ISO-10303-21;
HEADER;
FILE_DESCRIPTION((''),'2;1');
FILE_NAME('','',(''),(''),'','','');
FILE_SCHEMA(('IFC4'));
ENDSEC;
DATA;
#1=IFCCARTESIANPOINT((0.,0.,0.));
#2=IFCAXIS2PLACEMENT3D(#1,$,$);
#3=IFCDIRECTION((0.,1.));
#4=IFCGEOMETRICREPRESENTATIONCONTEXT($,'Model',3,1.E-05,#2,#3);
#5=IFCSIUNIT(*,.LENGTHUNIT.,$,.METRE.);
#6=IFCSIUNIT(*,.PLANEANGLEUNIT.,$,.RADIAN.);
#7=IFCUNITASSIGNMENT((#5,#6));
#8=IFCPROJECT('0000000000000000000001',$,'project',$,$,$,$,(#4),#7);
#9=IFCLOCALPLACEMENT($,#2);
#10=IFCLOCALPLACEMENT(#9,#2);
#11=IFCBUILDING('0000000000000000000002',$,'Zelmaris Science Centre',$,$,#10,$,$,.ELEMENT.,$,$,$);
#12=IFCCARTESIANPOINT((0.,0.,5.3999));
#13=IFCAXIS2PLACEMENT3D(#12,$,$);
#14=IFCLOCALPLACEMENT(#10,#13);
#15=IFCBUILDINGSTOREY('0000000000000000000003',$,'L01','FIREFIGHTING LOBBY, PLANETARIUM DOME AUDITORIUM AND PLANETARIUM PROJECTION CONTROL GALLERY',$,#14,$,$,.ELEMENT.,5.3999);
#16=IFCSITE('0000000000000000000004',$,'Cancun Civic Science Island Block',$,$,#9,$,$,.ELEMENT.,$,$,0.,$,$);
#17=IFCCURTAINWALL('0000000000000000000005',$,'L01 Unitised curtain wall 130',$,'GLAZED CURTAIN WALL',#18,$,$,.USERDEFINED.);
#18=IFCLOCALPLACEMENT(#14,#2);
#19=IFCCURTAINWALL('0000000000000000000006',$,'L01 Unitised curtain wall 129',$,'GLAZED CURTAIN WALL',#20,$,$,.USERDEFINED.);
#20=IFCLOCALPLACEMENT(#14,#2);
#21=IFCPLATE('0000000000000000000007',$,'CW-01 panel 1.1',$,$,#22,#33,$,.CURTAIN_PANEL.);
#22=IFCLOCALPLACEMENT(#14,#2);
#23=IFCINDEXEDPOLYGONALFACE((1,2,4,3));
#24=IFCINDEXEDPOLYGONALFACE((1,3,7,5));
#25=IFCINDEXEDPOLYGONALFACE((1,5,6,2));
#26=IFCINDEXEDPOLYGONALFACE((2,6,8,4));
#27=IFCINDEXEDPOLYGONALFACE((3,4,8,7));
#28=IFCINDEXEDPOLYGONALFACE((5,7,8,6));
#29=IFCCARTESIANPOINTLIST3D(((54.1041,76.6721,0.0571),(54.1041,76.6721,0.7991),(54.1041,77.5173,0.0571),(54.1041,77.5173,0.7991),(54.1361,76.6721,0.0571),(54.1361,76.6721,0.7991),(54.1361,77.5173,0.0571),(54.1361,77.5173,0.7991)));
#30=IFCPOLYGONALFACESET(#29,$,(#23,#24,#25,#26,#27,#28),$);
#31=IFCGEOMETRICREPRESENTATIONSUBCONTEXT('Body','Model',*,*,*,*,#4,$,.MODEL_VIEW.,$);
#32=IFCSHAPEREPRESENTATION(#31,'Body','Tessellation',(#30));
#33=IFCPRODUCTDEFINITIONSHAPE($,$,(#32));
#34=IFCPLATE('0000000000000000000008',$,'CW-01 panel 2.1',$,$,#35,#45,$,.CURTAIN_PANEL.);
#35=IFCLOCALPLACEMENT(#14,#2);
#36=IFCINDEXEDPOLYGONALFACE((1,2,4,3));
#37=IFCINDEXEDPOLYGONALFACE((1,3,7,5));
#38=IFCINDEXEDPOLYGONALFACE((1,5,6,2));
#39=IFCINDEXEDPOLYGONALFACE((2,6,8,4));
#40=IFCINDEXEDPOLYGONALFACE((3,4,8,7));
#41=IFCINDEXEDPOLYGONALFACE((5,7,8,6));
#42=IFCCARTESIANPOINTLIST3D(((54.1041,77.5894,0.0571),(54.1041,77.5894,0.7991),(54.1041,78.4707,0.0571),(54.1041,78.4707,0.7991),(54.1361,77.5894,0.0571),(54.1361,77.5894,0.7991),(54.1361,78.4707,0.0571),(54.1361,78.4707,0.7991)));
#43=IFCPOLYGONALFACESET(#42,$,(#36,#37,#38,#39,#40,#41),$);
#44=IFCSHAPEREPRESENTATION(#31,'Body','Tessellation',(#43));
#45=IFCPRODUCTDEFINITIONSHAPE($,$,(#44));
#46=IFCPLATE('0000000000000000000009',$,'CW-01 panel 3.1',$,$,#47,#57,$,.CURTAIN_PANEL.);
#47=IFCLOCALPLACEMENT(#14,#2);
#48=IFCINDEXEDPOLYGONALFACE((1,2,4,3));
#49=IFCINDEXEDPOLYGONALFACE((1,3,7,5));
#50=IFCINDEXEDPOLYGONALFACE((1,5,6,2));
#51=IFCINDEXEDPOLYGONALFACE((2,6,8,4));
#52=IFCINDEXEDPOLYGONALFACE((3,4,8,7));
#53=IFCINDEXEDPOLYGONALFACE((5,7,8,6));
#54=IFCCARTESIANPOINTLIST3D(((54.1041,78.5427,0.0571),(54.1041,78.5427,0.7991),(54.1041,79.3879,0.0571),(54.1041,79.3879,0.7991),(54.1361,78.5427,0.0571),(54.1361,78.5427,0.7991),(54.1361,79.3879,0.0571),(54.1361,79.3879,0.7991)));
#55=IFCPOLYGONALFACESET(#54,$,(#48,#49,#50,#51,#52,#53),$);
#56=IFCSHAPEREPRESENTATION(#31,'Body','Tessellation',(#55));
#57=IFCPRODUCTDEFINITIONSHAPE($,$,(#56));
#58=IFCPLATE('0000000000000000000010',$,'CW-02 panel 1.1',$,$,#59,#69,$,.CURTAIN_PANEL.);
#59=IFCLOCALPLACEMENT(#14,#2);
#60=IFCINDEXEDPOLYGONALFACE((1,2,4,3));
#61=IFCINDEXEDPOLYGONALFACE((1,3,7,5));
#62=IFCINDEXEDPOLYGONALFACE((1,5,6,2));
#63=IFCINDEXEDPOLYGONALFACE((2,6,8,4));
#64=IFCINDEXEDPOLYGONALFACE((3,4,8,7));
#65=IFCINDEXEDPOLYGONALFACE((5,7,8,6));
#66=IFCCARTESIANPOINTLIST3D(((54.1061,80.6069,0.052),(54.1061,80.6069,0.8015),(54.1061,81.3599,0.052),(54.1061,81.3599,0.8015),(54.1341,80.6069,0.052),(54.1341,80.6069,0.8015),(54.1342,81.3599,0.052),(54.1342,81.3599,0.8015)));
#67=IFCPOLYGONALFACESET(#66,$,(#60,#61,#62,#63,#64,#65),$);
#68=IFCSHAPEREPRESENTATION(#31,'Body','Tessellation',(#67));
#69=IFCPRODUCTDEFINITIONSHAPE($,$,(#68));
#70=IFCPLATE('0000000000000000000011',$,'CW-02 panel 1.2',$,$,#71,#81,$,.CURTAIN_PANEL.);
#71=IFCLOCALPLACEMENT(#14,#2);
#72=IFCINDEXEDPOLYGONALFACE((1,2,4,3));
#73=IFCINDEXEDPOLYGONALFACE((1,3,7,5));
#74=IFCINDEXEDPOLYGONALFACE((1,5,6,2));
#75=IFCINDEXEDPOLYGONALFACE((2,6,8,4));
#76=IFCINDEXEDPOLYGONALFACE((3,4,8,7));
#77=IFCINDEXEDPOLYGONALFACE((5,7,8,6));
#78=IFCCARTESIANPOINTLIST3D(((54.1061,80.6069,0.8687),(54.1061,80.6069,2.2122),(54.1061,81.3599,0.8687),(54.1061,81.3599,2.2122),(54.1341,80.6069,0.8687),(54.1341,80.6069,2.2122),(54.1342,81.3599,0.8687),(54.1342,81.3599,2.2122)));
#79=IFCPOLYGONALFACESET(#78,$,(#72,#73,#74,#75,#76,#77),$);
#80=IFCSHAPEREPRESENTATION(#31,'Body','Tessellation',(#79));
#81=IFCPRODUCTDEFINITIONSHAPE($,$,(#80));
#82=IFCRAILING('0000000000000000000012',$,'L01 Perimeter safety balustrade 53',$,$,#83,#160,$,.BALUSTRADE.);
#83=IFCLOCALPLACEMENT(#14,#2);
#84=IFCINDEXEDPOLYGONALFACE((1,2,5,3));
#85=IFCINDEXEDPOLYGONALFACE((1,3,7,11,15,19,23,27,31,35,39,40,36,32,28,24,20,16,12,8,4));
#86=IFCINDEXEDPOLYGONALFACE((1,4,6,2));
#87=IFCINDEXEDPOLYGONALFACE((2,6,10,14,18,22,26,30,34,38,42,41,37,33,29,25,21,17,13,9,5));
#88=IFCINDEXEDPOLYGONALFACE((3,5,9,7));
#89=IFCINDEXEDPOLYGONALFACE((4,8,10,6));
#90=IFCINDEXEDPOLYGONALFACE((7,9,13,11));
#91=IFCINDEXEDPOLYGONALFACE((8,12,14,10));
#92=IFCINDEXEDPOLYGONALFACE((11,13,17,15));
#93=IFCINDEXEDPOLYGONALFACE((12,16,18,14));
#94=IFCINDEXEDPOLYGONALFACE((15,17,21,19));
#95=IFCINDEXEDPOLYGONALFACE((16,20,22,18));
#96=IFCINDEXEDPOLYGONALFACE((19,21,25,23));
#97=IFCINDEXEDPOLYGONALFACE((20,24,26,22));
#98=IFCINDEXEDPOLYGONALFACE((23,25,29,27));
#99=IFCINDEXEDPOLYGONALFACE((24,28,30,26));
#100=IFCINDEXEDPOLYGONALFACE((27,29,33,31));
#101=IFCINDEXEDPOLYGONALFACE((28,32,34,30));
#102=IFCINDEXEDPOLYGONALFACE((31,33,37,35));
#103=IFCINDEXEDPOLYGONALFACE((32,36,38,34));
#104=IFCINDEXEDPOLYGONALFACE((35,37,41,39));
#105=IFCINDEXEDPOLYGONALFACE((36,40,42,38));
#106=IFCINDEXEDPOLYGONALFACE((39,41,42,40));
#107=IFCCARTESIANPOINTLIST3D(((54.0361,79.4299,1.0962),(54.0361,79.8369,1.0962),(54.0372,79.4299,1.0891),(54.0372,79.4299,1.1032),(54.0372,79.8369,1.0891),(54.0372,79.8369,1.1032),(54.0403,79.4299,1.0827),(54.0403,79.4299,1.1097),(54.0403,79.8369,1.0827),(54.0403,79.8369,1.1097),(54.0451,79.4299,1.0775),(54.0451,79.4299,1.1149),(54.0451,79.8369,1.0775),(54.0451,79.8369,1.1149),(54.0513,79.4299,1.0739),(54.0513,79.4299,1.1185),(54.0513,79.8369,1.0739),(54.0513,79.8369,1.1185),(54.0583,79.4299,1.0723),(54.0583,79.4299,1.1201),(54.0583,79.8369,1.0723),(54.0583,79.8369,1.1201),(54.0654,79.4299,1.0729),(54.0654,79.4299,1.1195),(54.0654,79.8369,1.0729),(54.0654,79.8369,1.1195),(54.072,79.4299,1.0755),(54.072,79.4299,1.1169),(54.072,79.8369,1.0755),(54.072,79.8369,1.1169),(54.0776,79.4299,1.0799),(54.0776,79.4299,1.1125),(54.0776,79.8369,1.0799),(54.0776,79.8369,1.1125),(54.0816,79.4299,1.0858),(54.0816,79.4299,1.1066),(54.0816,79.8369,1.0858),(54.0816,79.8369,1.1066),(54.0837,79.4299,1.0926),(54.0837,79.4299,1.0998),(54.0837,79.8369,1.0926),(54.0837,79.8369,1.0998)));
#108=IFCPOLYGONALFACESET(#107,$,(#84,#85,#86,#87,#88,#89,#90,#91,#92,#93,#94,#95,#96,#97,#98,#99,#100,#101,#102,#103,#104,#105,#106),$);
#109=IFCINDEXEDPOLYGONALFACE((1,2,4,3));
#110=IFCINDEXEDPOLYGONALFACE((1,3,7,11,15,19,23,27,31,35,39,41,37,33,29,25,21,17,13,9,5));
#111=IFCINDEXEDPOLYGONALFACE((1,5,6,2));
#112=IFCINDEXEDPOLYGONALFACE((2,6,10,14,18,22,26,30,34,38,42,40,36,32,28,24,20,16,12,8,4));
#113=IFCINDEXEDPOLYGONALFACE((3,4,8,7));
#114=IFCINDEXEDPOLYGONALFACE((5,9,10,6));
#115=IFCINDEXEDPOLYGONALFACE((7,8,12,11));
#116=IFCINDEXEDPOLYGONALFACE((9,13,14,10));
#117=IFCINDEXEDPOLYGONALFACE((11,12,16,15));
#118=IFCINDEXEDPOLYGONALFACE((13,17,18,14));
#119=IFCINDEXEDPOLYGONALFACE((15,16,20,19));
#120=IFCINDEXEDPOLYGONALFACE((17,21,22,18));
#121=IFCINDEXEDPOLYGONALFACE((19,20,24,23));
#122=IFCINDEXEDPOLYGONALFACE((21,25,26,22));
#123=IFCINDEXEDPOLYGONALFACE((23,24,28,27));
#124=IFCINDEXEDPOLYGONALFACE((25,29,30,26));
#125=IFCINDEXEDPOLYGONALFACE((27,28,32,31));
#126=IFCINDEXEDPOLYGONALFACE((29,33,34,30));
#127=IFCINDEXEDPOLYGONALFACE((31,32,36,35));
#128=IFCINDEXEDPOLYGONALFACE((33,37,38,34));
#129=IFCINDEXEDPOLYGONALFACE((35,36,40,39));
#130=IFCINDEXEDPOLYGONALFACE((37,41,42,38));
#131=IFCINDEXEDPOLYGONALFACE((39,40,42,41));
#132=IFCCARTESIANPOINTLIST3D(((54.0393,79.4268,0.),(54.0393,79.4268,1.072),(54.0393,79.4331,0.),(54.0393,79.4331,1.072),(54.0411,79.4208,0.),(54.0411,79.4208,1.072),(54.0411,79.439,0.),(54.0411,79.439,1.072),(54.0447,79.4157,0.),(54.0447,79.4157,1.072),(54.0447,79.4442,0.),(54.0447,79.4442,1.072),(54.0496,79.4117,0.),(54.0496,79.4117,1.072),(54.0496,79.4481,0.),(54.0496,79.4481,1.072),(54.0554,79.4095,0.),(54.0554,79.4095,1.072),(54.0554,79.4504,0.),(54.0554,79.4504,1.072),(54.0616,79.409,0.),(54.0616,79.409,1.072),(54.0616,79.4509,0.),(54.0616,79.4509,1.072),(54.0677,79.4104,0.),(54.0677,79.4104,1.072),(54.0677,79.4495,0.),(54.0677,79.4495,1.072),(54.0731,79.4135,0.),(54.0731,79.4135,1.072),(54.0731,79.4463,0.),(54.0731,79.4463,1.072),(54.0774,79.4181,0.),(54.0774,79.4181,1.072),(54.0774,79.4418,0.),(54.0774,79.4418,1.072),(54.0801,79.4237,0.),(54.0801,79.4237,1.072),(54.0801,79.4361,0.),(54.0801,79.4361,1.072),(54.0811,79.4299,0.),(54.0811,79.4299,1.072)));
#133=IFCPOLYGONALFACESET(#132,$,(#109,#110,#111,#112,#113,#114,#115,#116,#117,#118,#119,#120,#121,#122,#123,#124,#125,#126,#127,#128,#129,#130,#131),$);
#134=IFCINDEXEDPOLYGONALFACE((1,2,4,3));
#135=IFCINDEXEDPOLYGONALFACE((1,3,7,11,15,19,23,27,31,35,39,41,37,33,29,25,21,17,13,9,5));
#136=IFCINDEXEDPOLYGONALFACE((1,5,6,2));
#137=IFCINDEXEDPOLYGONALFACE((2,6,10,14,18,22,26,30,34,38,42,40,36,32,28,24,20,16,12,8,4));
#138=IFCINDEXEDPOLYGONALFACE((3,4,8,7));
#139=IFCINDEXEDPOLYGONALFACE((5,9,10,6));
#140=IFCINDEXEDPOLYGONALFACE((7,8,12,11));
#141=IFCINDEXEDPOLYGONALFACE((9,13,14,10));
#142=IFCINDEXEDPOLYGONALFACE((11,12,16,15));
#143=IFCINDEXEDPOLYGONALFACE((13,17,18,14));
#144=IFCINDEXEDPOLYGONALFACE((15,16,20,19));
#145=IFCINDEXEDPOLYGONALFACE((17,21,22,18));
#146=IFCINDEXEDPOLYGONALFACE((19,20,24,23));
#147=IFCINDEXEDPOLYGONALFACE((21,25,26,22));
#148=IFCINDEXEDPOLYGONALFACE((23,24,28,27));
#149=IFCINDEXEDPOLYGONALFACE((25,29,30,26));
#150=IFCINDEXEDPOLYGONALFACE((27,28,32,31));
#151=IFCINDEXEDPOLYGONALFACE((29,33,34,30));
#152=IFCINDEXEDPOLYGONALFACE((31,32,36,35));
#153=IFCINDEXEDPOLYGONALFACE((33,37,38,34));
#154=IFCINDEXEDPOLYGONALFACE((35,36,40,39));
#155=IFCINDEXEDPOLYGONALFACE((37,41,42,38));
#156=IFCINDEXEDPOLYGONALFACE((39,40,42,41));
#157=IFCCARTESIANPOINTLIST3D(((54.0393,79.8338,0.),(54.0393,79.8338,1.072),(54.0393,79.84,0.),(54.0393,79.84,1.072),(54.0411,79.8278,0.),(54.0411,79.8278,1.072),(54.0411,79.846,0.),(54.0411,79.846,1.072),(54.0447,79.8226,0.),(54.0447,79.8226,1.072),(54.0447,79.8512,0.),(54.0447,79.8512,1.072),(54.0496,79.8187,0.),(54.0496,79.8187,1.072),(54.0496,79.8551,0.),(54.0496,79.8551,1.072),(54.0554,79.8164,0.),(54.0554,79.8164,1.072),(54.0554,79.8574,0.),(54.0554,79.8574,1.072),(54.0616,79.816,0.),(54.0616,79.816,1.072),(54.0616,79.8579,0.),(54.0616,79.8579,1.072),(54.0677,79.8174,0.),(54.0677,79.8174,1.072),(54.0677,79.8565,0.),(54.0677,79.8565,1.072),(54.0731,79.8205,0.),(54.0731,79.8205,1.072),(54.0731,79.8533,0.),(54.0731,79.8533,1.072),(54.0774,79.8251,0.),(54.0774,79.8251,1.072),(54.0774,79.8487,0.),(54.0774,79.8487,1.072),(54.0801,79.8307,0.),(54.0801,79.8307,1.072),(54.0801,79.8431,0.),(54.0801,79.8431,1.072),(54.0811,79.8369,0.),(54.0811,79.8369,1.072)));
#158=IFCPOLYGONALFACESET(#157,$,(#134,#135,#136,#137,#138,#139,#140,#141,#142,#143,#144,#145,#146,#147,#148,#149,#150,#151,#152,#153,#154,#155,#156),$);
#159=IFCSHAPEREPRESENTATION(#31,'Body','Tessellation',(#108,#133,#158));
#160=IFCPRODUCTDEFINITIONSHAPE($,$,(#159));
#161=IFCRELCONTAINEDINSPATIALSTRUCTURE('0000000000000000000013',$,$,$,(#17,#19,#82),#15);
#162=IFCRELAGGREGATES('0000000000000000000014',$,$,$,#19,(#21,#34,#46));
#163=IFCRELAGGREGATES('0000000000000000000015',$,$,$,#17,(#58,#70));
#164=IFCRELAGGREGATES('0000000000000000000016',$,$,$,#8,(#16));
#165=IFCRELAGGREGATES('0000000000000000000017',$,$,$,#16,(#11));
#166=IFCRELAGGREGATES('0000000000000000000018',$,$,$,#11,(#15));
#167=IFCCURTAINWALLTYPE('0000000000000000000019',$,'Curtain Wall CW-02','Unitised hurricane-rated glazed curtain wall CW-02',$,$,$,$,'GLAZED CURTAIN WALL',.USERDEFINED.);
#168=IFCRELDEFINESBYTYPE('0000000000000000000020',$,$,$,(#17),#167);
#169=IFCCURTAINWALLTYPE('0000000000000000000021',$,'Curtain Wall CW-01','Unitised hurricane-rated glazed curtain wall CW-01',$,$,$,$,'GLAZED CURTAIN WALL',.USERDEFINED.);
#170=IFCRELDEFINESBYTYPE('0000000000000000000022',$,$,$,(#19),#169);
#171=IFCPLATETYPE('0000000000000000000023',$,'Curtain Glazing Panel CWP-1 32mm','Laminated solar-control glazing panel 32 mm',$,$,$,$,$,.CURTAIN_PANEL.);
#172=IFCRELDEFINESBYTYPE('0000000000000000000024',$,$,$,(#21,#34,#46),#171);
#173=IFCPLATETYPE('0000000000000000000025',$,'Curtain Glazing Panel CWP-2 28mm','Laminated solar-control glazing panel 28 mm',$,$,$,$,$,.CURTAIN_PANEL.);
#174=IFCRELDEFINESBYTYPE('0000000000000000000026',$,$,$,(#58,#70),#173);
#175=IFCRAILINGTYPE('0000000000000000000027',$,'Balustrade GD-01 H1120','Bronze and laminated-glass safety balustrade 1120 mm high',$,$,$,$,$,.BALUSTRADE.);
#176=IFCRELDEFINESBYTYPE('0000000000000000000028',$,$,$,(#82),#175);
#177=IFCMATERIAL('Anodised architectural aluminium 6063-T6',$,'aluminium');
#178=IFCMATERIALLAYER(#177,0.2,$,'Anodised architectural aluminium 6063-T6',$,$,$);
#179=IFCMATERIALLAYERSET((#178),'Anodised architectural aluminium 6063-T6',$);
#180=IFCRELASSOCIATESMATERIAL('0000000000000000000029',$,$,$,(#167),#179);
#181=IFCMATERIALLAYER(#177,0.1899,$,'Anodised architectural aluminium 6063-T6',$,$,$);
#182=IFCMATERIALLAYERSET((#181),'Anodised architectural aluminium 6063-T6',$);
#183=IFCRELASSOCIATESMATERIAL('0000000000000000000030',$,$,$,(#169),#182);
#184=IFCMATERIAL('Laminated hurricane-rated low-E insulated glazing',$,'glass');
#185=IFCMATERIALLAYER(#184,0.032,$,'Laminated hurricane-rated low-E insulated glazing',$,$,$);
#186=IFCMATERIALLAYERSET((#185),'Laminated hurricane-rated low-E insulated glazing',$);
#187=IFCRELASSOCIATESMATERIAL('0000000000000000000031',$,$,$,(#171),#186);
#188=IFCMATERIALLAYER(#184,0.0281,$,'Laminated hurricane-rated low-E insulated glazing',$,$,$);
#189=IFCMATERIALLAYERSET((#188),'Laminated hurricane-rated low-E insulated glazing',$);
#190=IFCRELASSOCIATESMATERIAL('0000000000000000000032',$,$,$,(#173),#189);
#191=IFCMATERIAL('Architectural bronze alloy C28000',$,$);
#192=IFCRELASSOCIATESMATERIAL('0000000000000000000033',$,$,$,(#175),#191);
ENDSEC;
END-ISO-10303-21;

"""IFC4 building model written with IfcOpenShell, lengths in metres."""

from ifc_helpers import new_model, si_unit, direction, frame, origin, origin_2d, place, context, subcontext, project, spatial, rectangle, circle, extrude, material, layer, layer_set, type_object, element, aggregate, save


model = new_model("IFC4")

# Units and contexts
model_context = context("Model", 3, precision=1e-05, world=origin(), true_north=direction((0.0, 1.0)))
body_context = subcontext(model_context, "Body", "Model", "MODEL_VIEW")
ifc_project = project(units=[si_unit("LENGTHUNIT", "METRE"), si_unit("PLANEANGLEUNIT", "RADIAN")], contexts=[model_context])

# Site, building, storey
site_placement = place(None, origin())
site = spatial("IfcSite", under=ifc_project, at=site_placement, Name="Cancun Civic Science Island Block", CompositionType="ELEMENT", RefElevation=0.0)
building_placement = place(site_placement, origin())
building = spatial("IfcBuilding", under=site, at=building_placement, Name="Zelmaris Science Centre", CompositionType="ELEMENT")
storey_placement = place(building_placement, frame((0.0, 0.0, 5.3999)))
storey = spatial("IfcBuildingStorey", under=building, at=storey_placement, Name="L01", Description="FIREFIGHTING LOBBY, PLANETARIUM DOME AUDITORIUM AND PLANETARIUM PROJECTION CONTROL GALLERY", CompositionType="ELEMENT", Elevation=5.3999)

# Curtain walls
ifc_material_1 = material(Name="Anodised architectural aluminium 6063-T6", Category="aluminium")
ifc_layer_1 = layer(ifc_material_1, 0.2, Name="Anodised architectural aluminium 6063-T6")
ifc_layer_set_1 = layer_set([ifc_layer_1], Name="Anodised architectural aluminium 6063-T6")
curtain_wall_type_1 = type_object("IfcCurtainWallType", Name="Curtain Wall CW-02", Description="Unitised hurricane-rated glazed curtain wall CW-02", ElementType="GLAZED CURTAIN WALL", PredefinedType="USERDEFINED", material=ifc_layer_set_1)
curtain_wall_1_placement = place(storey_placement, origin())
curtain_wall_1 = element("IfcCurtainWall", 1, at=curtain_wall_1_placement, inside=storey, type_object=curtain_wall_type_1, Name="L01 Unitised curtain wall 130", ObjectType="GLAZED CURTAIN WALL", PredefinedType="USERDEFINED")
ifc_layer_2 = layer(ifc_material_1, 0.1899, Name="Anodised architectural aluminium 6063-T6")
ifc_layer_set_2 = layer_set([ifc_layer_2], Name="Anodised architectural aluminium 6063-T6")
curtain_wall_type_2 = type_object("IfcCurtainWallType", Name="Curtain Wall CW-01", Description="Unitised hurricane-rated glazed curtain wall CW-01", ElementType="GLAZED CURTAIN WALL", PredefinedType="USERDEFINED", material=ifc_layer_set_2)
curtain_wall_2_placement = place(storey_placement, origin())
curtain_wall_2 = element("IfcCurtainWall", 2, at=curtain_wall_2_placement, inside=storey, type_object=curtain_wall_type_2, Name="L01 Unitised curtain wall 129", ObjectType="GLAZED CURTAIN WALL", PredefinedType="USERDEFINED")

# Plates
ifc_material_2 = material(Name="Laminated hurricane-rated low-E insulated glazing", Category="glass")
ifc_layer_3 = layer(ifc_material_2, 0.032, Name="Laminated hurricane-rated low-E insulated glazing")
ifc_layer_set_3 = layer_set([ifc_layer_3], Name="Laminated hurricane-rated low-E insulated glazing")
plate_type_1 = type_object("IfcPlateType", Name="Curtain Glazing Panel CWP-1 32mm", Description="Laminated solar-control glazing panel 32 mm", PredefinedType="CURTAIN_PANEL", material=ifc_layer_set_3)
plate_1_placement = place(storey_placement, frame((54.1201, 77.0947, 0.0571), z_axis=(0.0, 0.0, 1.0), x_axis=(0.0, 1.0, 0.0)))
plate_1 = element("IfcPlate", 3, at=plate_1_placement, type_object=plate_type_1, Name="CW-01 panel 1.1", PredefinedType="CURTAIN_PANEL", context=body_context, shape_type="SweptSolid", body=[
    extrude(rectangle(XDim=0.8452, YDim=0.032, at=origin_2d()), origin(), (0.0, 0.0, 1.0), 0.7419),
])
plate_2_placement = place(storey_placement, frame((54.1201, 78.03, 0.0571), z_axis=(0.0, 0.0, 1.0), x_axis=(0.0, 1.0, 0.0)))
plate_2 = element("IfcPlate", 4, at=plate_2_placement, type_object=plate_type_1, Name="CW-01 panel 2.1", PredefinedType="CURTAIN_PANEL", context=body_context, shape_type="SweptSolid", body=[
    extrude(rectangle(XDim=0.8813, YDim=0.032, at=origin_2d()), origin(), (0.0, 0.0, 1.0), 0.7419),
])
plate_3_placement = place(storey_placement, frame((54.1201, 78.9653, 0.0571), z_axis=(0.0, 0.0, 1.0), x_axis=(0.0, 1.0, 0.0)))
plate_3 = element("IfcPlate", 5, at=plate_3_placement, type_object=plate_type_1, Name="CW-01 panel 3.1", PredefinedType="CURTAIN_PANEL", context=body_context, shape_type="SweptSolid", body=[
    extrude(rectangle(XDim=0.8452, YDim=0.032, at=origin_2d()), origin(), (0.0, 0.0, 1.0), 0.7419),
])
aggregate(curtain_wall_2, [plate_1, plate_2, plate_3])
ifc_layer_4 = layer(ifc_material_2, 0.0281, Name="Laminated hurricane-rated low-E insulated glazing")
ifc_layer_set_4 = layer_set([ifc_layer_4], Name="Laminated hurricane-rated low-E insulated glazing")
plate_type_2 = type_object("IfcPlateType", Name="Curtain Glazing Panel CWP-2 28mm", Description="Laminated solar-control glazing panel 28 mm", PredefinedType="CURTAIN_PANEL", material=ifc_layer_set_4)
plate_4_placement = place(storey_placement, frame((54.1201, 80.9834, 0.052), z_axis=(0.0, 0.0, 1.0), x_axis=(0.00002, 1.0, 0.0)))
plate_4 = element("IfcPlate", 6, at=plate_4_placement, type_object=plate_type_2, Name="CW-02 panel 1.1", PredefinedType="CURTAIN_PANEL", context=body_context, shape_type="SweptSolid", body=[
    extrude(rectangle(XDim=0.7529, YDim=0.0281, at=origin_2d()), origin(), (0.0, 0.0, 1.0), 0.7495),
])
plate_5_placement = place(storey_placement, frame((54.1201, 80.9834, 0.8687), z_axis=(0.0, 0.0, 1.0), x_axis=(0.00002, 1.0, 0.0)))
plate_5 = element("IfcPlate", 7, at=plate_5_placement, type_object=plate_type_2, Name="CW-02 panel 1.2", PredefinedType="CURTAIN_PANEL", context=body_context, shape_type="SweptSolid", body=[
    extrude(rectangle(XDim=0.7529, YDim=0.0281, at=origin_2d()), origin(), (0.0, 0.0, 1.0), 1.3435),
])
aggregate(curtain_wall_1, [plate_4, plate_5])

# Railing
ifc_material_3 = material(Name="Architectural bronze alloy C28000")
railing_type = type_object("IfcRailingType", Name="Balustrade GD-01 H1120", Description="Bronze and laminated-glass safety balustrade 1120 mm high", PredefinedType="BALUSTRADE", material=ifc_material_3)
for number, where, name in (
    (8, (54.0601, 79.4299, 0.0), "L01 Perimeter safety balustrade 53"),
):
    element("IfcRailing", number, at=place(storey_placement, frame(where)), inside=storey, type_object=railing_type, Name=name, PredefinedType="BALUSTRADE", context=body_context, shape_type="SweptSolid", body=[
        extrude(circle(Radius=0.0239, at=origin_2d()), frame((0.0, 0.0, 1.0962), z_axis=(0.0, 1.0, 0.0), x_axis=(-1.0, 0.0, 0.0)), (0.0, 0.0, 1.0), 0.407),
        extrude(circle(Radius=0.021, at=origin_2d()), origin(), (0.0, 0.0, 1.0), 1.072),
        extrude(circle(Radius=0.021, at=origin_2d()), frame((0.0, 0.407, 0.0)), (0.0, 0.0, 1.0), 1.072),
    ])

save(model, "model.ifc")
